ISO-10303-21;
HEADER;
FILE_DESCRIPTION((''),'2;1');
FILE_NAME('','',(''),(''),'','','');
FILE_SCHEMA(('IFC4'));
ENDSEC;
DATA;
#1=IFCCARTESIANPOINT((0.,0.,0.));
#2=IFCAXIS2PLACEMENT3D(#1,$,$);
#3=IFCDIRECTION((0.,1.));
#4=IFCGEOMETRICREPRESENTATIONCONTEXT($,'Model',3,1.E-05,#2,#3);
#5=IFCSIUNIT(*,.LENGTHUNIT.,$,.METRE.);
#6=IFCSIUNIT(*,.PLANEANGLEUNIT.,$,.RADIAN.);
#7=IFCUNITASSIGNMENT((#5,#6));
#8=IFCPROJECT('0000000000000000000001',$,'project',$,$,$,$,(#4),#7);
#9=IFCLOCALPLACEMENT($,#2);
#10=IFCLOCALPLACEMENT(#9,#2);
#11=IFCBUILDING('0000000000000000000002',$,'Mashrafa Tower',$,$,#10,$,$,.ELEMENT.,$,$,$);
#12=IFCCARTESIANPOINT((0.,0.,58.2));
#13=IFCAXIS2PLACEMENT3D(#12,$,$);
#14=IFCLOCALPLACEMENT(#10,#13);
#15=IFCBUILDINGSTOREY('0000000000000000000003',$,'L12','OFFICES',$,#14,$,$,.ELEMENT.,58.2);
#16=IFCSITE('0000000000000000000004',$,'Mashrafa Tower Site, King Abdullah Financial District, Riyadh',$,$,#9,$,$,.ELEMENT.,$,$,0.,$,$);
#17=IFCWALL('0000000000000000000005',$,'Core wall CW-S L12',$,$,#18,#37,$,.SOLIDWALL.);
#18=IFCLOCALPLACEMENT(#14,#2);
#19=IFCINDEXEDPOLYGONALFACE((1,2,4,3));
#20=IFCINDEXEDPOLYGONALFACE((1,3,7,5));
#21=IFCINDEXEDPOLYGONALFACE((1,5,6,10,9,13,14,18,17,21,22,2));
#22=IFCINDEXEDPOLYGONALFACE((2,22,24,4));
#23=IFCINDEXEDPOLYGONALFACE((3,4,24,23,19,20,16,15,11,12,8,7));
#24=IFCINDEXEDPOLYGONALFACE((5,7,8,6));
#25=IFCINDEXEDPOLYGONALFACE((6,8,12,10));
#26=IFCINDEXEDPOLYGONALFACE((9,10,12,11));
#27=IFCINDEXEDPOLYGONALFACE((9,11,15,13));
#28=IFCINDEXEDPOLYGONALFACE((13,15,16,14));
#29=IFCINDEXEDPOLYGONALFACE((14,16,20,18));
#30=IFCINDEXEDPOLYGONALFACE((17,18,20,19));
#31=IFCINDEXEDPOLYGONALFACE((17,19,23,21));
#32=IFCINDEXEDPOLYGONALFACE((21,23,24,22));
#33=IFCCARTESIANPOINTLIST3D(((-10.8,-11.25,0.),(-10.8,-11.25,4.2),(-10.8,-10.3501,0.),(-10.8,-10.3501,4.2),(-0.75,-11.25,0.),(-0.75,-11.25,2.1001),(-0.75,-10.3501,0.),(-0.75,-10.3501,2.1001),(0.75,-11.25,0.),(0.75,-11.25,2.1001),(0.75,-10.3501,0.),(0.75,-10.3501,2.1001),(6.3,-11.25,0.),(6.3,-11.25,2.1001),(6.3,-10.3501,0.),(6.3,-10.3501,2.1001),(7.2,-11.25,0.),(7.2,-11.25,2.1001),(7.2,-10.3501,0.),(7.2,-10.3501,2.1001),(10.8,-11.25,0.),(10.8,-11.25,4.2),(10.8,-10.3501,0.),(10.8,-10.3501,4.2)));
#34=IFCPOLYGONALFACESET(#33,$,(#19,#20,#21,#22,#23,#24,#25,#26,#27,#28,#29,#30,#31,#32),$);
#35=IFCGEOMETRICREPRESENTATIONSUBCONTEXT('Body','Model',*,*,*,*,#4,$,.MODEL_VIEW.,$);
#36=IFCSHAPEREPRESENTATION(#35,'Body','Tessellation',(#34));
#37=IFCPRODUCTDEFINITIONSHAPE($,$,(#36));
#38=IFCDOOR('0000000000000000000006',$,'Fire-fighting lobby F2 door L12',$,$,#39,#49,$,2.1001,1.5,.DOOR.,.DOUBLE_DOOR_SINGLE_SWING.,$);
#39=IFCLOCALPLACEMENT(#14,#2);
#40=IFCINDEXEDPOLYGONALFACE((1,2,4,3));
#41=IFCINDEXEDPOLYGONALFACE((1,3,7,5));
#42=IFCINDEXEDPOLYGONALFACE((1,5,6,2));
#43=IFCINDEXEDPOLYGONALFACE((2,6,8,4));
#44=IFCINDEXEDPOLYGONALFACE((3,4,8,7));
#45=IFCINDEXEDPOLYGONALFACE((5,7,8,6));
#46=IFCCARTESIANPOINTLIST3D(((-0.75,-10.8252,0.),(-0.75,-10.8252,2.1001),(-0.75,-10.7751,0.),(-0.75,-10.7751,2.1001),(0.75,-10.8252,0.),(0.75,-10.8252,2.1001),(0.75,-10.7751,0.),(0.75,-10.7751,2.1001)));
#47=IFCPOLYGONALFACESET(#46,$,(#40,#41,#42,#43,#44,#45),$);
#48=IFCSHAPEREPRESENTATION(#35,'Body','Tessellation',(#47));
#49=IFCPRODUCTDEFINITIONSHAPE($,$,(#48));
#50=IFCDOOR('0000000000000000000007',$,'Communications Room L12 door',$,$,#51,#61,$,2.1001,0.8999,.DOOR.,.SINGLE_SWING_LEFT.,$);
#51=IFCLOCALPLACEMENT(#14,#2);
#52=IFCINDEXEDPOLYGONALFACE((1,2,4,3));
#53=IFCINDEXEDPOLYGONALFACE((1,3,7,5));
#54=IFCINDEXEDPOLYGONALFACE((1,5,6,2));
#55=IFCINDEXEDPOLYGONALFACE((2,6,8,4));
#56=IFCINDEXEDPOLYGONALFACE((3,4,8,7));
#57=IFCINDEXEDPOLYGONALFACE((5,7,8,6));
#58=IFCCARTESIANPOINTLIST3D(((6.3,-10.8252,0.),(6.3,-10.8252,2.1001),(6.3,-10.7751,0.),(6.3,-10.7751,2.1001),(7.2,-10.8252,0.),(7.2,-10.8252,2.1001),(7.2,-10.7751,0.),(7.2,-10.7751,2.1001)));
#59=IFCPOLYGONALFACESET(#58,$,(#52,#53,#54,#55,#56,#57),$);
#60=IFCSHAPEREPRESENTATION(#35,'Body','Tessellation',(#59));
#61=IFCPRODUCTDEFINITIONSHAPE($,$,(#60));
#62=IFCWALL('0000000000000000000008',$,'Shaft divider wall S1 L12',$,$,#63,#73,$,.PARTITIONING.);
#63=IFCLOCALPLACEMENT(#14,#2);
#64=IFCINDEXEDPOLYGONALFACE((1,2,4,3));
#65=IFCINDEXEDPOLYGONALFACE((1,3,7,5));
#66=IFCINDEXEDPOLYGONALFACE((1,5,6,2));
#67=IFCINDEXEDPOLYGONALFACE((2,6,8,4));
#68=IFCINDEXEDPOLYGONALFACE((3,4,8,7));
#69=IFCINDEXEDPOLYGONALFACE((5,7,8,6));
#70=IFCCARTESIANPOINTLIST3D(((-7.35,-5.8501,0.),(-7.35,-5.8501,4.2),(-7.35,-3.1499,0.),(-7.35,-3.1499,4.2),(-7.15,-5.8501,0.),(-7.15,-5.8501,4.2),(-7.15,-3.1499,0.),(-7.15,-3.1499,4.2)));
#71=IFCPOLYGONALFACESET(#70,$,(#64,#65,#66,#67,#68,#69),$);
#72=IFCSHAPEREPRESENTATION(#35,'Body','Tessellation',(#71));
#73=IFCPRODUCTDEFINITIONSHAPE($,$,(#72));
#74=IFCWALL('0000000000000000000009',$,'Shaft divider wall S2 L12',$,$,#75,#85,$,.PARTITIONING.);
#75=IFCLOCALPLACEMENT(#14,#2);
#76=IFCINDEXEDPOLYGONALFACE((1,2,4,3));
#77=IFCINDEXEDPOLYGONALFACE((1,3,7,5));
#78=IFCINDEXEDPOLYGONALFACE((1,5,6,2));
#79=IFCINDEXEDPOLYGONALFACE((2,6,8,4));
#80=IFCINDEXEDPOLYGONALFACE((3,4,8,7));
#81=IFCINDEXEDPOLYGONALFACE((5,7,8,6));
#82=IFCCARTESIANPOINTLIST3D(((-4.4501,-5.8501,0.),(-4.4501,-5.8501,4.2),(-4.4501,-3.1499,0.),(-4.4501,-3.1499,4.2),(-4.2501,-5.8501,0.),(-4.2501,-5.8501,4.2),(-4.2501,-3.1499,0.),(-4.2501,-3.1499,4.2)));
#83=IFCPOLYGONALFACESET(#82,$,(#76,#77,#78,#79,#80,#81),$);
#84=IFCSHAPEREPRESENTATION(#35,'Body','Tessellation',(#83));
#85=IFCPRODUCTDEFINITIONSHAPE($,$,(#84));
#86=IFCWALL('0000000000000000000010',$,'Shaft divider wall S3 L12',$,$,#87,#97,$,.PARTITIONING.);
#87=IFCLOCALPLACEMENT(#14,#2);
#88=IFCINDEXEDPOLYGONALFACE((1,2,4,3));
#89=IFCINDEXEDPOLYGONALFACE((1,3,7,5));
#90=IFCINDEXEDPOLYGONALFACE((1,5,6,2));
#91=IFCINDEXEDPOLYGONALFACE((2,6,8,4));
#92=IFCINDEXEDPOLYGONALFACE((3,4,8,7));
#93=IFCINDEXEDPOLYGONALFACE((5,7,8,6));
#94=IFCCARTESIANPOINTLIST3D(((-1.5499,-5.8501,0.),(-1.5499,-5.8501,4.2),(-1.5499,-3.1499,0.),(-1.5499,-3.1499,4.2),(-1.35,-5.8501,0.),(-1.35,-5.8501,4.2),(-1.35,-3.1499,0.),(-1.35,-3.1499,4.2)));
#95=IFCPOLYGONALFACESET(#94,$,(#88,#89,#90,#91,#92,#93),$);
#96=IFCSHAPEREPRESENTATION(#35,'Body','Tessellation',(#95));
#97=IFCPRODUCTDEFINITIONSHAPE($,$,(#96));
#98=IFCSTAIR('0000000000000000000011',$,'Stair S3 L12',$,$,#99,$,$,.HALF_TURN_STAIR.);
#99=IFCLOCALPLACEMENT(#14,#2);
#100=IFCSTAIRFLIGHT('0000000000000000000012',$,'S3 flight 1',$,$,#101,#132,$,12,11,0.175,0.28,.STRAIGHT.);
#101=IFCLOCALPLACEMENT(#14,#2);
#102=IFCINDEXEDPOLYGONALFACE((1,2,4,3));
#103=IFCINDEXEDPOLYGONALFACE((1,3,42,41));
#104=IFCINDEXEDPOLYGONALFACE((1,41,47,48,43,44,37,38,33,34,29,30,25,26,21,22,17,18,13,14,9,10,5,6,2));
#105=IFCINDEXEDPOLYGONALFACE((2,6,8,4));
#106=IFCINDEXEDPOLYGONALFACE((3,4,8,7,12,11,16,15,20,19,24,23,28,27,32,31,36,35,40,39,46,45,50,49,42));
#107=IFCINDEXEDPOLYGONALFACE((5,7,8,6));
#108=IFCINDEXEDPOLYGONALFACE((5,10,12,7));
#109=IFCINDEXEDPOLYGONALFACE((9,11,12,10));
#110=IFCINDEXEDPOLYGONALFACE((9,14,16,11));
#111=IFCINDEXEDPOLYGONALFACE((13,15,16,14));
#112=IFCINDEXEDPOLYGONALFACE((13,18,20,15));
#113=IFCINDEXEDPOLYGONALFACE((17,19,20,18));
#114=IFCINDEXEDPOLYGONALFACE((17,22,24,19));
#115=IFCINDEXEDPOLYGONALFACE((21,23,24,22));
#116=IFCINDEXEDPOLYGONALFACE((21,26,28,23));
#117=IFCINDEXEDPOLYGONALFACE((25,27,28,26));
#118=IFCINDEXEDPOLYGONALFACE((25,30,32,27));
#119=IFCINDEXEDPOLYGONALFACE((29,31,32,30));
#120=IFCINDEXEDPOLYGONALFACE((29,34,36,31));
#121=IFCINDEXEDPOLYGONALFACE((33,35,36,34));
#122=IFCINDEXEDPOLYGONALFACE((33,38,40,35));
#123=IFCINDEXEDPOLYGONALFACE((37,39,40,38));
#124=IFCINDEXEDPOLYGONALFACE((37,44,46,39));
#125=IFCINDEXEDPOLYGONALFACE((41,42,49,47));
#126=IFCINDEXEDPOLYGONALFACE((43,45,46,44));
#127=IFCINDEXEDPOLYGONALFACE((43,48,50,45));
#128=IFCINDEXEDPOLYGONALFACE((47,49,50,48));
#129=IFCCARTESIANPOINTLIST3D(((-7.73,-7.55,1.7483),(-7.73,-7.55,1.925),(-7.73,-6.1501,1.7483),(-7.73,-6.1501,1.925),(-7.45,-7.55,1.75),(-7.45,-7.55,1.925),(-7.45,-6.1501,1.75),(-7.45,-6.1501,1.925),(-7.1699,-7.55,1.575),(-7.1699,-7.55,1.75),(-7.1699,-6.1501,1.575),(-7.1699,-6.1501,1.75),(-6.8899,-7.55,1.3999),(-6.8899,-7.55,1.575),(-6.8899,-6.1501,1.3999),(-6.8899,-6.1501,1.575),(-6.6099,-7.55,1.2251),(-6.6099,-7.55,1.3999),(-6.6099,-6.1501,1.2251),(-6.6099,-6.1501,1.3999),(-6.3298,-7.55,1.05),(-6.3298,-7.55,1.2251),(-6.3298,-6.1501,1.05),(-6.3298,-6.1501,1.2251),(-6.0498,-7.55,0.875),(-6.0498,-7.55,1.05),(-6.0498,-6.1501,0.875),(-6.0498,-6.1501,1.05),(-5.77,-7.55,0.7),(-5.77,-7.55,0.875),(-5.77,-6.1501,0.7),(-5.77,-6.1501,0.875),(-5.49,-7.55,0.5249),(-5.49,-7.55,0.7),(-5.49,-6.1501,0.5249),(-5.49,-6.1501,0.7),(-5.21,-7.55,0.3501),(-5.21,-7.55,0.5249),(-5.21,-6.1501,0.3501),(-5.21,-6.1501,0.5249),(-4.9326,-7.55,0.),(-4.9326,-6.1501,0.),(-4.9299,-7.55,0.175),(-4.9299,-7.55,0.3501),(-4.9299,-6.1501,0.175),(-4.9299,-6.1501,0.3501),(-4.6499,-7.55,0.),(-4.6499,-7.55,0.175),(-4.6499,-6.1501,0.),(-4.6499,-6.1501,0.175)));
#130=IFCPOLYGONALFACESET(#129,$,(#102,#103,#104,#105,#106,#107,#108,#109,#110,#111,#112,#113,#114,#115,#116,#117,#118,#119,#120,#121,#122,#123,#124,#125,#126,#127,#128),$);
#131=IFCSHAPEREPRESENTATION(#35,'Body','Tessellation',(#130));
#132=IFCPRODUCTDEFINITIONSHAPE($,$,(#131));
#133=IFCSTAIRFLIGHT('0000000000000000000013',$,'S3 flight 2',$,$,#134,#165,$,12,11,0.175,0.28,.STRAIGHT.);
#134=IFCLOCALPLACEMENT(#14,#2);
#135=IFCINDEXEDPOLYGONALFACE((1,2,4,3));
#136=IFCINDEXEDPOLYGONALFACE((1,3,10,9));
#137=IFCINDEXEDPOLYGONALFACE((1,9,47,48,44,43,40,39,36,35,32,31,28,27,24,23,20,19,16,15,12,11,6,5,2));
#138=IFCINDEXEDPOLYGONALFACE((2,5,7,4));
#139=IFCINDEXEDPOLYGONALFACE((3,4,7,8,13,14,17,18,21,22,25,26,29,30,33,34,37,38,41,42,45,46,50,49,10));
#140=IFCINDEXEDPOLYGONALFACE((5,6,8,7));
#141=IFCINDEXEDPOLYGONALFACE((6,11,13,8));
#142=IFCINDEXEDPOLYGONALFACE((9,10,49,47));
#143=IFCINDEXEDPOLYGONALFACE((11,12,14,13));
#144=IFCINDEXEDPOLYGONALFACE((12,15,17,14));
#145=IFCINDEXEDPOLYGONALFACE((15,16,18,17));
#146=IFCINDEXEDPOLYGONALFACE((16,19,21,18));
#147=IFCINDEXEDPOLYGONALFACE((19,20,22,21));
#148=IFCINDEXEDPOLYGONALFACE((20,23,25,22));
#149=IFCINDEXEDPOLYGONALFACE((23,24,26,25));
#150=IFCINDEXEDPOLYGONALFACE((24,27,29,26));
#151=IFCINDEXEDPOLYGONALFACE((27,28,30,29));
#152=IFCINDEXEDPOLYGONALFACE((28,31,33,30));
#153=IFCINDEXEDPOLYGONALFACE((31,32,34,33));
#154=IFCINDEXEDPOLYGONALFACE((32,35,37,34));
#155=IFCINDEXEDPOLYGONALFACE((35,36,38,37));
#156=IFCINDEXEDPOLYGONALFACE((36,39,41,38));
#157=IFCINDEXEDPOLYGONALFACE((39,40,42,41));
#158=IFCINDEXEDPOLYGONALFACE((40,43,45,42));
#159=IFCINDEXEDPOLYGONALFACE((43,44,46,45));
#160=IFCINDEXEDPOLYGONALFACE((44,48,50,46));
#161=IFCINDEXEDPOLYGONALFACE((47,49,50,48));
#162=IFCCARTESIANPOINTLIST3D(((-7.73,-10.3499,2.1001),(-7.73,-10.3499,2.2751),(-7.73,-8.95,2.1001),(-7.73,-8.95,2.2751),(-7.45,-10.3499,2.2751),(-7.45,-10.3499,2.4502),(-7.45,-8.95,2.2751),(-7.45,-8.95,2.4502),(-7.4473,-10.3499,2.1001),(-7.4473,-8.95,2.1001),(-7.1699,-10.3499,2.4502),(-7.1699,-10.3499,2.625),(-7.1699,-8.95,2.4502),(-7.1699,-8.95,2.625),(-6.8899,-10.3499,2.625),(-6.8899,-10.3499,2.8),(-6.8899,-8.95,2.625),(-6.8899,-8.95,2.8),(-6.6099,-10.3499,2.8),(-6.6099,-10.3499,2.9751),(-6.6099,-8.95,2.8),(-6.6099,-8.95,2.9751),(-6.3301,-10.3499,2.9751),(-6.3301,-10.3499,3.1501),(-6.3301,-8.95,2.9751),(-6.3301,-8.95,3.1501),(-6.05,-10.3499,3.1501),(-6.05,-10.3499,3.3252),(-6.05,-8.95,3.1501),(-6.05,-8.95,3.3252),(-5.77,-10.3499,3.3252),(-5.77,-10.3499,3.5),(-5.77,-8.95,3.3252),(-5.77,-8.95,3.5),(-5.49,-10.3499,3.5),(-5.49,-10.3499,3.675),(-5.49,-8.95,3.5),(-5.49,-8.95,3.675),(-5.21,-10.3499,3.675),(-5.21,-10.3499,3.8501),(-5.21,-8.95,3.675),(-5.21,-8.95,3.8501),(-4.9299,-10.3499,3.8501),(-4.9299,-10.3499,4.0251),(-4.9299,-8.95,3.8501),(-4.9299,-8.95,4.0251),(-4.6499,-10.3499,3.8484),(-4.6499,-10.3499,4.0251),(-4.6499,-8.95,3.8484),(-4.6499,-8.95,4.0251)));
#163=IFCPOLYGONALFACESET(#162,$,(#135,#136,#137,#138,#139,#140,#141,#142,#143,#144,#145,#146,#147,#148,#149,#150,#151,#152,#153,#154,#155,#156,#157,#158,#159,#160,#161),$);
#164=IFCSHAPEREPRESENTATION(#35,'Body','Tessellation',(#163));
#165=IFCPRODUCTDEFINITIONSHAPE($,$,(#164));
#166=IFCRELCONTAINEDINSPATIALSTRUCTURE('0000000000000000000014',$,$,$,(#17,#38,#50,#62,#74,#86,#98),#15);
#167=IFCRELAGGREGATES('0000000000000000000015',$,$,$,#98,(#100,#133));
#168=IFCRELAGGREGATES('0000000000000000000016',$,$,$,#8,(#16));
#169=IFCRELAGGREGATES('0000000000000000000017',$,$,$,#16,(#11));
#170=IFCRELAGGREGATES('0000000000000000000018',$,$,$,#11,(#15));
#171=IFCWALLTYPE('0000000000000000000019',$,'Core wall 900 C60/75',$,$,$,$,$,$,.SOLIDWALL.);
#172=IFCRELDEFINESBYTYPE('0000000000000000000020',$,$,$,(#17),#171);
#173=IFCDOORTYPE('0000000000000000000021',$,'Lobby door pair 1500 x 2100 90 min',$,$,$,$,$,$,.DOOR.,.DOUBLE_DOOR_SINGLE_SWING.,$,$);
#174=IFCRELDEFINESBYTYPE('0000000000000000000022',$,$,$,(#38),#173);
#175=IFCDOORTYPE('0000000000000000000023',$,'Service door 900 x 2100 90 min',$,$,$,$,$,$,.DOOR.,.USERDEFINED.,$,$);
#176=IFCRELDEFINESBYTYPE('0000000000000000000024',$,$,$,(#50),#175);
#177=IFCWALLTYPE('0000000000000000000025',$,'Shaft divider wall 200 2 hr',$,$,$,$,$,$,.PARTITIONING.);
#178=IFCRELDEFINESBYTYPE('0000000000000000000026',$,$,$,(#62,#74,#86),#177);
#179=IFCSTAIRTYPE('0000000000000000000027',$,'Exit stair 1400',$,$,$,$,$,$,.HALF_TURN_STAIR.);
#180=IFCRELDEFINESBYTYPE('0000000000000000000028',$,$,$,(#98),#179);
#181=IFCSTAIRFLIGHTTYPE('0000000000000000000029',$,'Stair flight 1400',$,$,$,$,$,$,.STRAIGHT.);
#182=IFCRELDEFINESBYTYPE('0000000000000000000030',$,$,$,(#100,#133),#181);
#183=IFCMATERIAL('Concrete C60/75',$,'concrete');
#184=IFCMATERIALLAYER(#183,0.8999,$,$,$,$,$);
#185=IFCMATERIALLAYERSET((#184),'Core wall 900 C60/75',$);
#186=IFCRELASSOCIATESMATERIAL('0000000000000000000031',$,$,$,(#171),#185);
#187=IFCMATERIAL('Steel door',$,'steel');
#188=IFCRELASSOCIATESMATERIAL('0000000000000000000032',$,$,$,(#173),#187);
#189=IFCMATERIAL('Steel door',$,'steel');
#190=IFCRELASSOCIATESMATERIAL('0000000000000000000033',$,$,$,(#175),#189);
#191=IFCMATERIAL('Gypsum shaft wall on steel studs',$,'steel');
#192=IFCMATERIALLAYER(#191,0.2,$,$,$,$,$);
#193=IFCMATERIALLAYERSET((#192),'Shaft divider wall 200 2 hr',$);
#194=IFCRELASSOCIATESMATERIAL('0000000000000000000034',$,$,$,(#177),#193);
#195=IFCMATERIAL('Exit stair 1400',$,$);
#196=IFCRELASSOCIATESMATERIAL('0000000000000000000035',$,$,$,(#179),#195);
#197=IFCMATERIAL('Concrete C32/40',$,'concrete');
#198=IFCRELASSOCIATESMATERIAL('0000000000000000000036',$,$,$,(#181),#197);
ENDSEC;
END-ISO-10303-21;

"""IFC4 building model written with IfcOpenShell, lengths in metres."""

from ifc_helpers import new_model, si_unit, direction, frame, frame_2d, origin, place, context, subcontext, project, spatial, polyline, rectangle, outline, extrude, material, layer, layer_set, type_object, element, fill, aggregate, save


model = new_model("IFC4")

# Units and contexts
model_context = context("Model", 3, precision=1e-05, world=origin(), true_north=direction((0.0, 1.0)))
body_context = subcontext(model_context, "Body", "Model", "MODEL_VIEW")
ifc_project = project(units=[si_unit("LENGTHUNIT", "METRE"), si_unit("PLANEANGLEUNIT", "RADIAN")], contexts=[model_context])

# Site, building, storey
site_placement = place(None, origin())
site = spatial("IfcSite", under=ifc_project, at=site_placement, Name="Mashrafa Tower Site, King Abdullah Financial District, Riyadh", CompositionType="ELEMENT", RefElevation=0.0)
building_placement = place(site_placement, origin())
building = spatial("IfcBuilding", under=site, at=building_placement, Name="Mashrafa Tower", CompositionType="ELEMENT")
storey_placement = place(building_placement, frame((0.0, 0.0, 58.2)))
storey = spatial("IfcBuildingStorey", under=building, at=storey_placement, Name="L12", Description="OFFICES", CompositionType="ELEMENT", Elevation=58.2)

# Wall, openings, doors
ifc_material_1 = material(Name="Concrete C60/75", Category="concrete")
ifc_layer_1 = layer(ifc_material_1, 0.8999)
ifc_layer_set_1 = layer_set([ifc_layer_1], Name="Core wall 900 C60/75")
wall_type_1 = type_object("IfcWallType", Name="Core wall 900 C60/75", PredefinedType="SOLIDWALL", material=ifc_layer_set_1)
wall_1_placement = place(storey_placement, frame((-10.8, -10.8, 0.0), z_axis=(0.0, 0.0, 1.0), x_axis=(1.0, 0.0, 0.0)))
wall_1 = element("IfcWall", 1, at=wall_1_placement, inside=storey, type_object=wall_type_1, Name="Core wall CW-S L12", PredefinedType="SOLIDWALL", context=body_context, shape_type="SweptSolid", body=[
    extrude(rectangle(XDim=21.6001, YDim=0.8999, at=frame_2d((10.8, 0.0))), origin(), (0.0, 0.0, 1.0), 4.2),
])
opening_1_placement = place(wall_1_placement, frame((10.05, 0.0, 0.0)))
opening_1 = element("IfcOpeningElement", 2, at=opening_1_placement, cuts=wall_1, PredefinedType="OPENING", context=body_context, shape_type="SweptSolid", body=[
    extrude(rectangle(XDim=1.5, YDim=2.1001, at=frame_2d((0.75, 1.05))), frame((0.0, 0.46, 0.0), z_axis=(0.0, -1.0, 0.0), x_axis=(1.0, 0.0, 0.0)), (0.0, 0.0, 1.0), 0.9199),
])
opening_2_placement = place(wall_1_placement, frame((17.1001, 0.0, 0.0)))
opening_2 = element("IfcOpeningElement", 3, at=opening_2_placement, cuts=wall_1, PredefinedType="OPENING", context=body_context, shape_type="SweptSolid", body=[
    extrude(rectangle(XDim=0.8999, YDim=2.1001, at=frame_2d((0.45, 1.05))), frame((0.0, 0.46, 0.0), z_axis=(0.0, -1.0, 0.0), x_axis=(1.0, 0.0, 0.0)), (0.0, 0.0, 1.0), 0.9199),
])
ifc_material_2 = material(Name="Steel door", Category="steel")
door_type_1 = type_object("IfcDoorType", Name="Lobby door pair 1500 x 2100 90 min", OperationType="DOUBLE_DOOR_SINGLE_SWING", PredefinedType="DOOR", material=ifc_material_2)
door_1_placement = place(opening_1_placement, origin())
door_1 = element("IfcDoor", 4, at=door_1_placement, inside=storey, type_object=door_type_1, Name="Fire-fighting lobby F2 door L12", OperationType="DOUBLE_DOOR_SINGLE_SWING", OverallHeight=2.1001, OverallWidth=1.5, PredefinedType="DOOR", context=body_context, shape_type="SweptSolid", body=[
    extrude(rectangle(XDim=1.5, YDim=2.1001, at=frame_2d((0.75, 1.05))), frame((0.0, 0.0249, 0.0), z_axis=(0.0, -1.0, 0.0), x_axis=(1.0, 0.0, 0.0)), (0.0, 0.0, 1.0), 0.05),
])
fill(opening_1, door_1)
ifc_material_3 = material(Name="Steel door", Category="steel")
door_type_2 = type_object("IfcDoorType", Name="Service door 900 x 2100 90 min", OperationType="USERDEFINED", PredefinedType="DOOR", material=ifc_material_3)
door_2_placement = place(opening_2_placement, origin())
door_2 = element("IfcDoor", 5, at=door_2_placement, inside=storey, type_object=door_type_2, Name="Communications Room L12 door", OperationType="SINGLE_SWING_LEFT", OverallHeight=2.1001, OverallWidth=0.8999, PredefinedType="DOOR", context=body_context, shape_type="SweptSolid", body=[
    extrude(rectangle(XDim=0.8999, YDim=2.1001, at=frame_2d((0.45, 1.05))), frame((0.0, 0.0249, 0.0), z_axis=(0.0, -1.0, 0.0), x_axis=(1.0, 0.0, 0.0)), (0.0, 0.0, 1.0), 0.05),
])
fill(opening_2, door_2)

# Walls
ifc_material_4 = material(Name="Gypsum shaft wall on steel studs", Category="steel")
ifc_layer_2 = layer(ifc_material_4, 0.2)
ifc_layer_set_2 = layer_set([ifc_layer_2], Name="Shaft divider wall 200 2 hr")
wall_type_2 = type_object("IfcWallType", Name="Shaft divider wall 200 2 hr", PredefinedType="PARTITIONING", material=ifc_layer_set_2)
for number, where, z_axis, x_axis, name in (
    (6, (-7.25, -5.8501, 0.0), (0.0, 0.0, 1.0), (0.0, 1.0, 0.0), "Shaft divider wall S1 L12"),
    (7, (-4.3501, -5.8501, 0.0), (0.0, 0.0, 1.0), (0.0, 1.0, 0.0), "Shaft divider wall S2 L12"),
    (8, (-1.45, -5.8501, 0.0), (0.0, 0.0, 1.0), (0.0, 1.0, 0.0), "Shaft divider wall S3 L12"),
):
    element("IfcWall", number, at=place(storey_placement, frame(where, z_axis=z_axis, x_axis=x_axis)), inside=storey, type_object=wall_type_2, Name=name, PredefinedType="PARTITIONING", context=body_context, shape_type="SweptSolid", body=[
        extrude(rectangle(XDim=2.7002, YDim=0.2, at=frame_2d((1.3501, 0.0))), origin(), (0.0, 0.0, 1.0), 4.2),
    ])

# Stair, stair flights
ifc_material_5 = material(Name="Exit stair 1400")
stair_type = type_object("IfcStairType", Name="Exit stair 1400", PredefinedType="HALF_TURN_STAIR", material=ifc_material_5)
stair_placement = place(storey_placement, origin())
stair = element("IfcStair", 9, at=stair_placement, inside=storey, type_object=stair_type, Name="Stair S3 L12", PredefinedType="HALF_TURN_STAIR")
ifc_material_6 = material(Name="Concrete C32/40", Category="concrete")
stair_flight_type = type_object("IfcStairFlightType", Name="Stair flight 1400", PredefinedType="STRAIGHT", material=ifc_material_6)
stair_flight_1_placement = place(storey_placement, frame((-4.6499, -6.8501, 0.0), z_axis=(0.0, 0.0, 1.0), x_axis=(-1.0, 0.0, 0.0)))
stair_flight_1 = element("IfcStairFlight", 10, at=stair_flight_1_placement, type_object=stair_flight_type, Name="S3 flight 1", NumberOfRisers=12, NumberOfTreads=11, PredefinedType="STRAIGHT", RiserHeight=0.175, TreadLength=0.28, context=body_context, shape_type="SweptSolid", body=[
    extrude(outline(polyline([(0.0, 0.0), (0.0, 0.175), (0.28, 0.175), (0.28, 0.3501), (0.5601, 0.3501), (0.5601, 0.5249), (0.8401, 0.5249), (0.8401, 0.7), (1.1201, 0.7), (1.1201, 0.875), (1.3999, 0.875), (1.3999, 1.05), (1.6799, 1.05), (1.6799, 1.2251), (1.96, 1.2251), (1.96, 1.3999), (2.24, 1.3999), (2.24, 1.575), (2.52, 1.575), (2.52, 1.75), (2.8, 1.75), (2.8, 1.925), (3.0801, 1.925), (3.0801, 2.1001), (3.0801, 1.7483), (0.2827, 0.0), (0.0, 0.0)])), frame((0.0, 0.7, 0.0), z_axis=(0.0, -1.0, 0.0), x_axis=(1.0, 0.0, 0.0)), (0.0, 0.0, 1.0), 1.3999),
])
stair_flight_2_placement = place(storey_placement, frame((-7.73, -9.6499, 2.1001), z_axis=(0.0, 0.0, 1.0), x_axis=(1.0, 0.0, 0.0)))
stair_flight_2 = element("IfcStairFlight", 11, at=stair_flight_2_placement, type_object=stair_flight_type, Name="S3 flight 2", NumberOfRisers=12, NumberOfTreads=11, PredefinedType="STRAIGHT", RiserHeight=0.175, TreadLength=0.28, context=body_context, shape_type="SweptSolid", body=[
    extrude(outline(polyline([(0.0, 0.0), (0.0, 0.175), (0.28, 0.175), (0.28, 0.3501), (0.5601, 0.3501), (0.5601, 0.5249), (0.8401, 0.5249), (0.8401, 0.7), (1.1201, 0.7), (1.1201, 0.875), (1.3999, 0.875), (1.3999, 1.05), (1.6799, 1.05), (1.6799, 1.2251), (1.96, 1.2251), (1.96, 1.3999), (2.24, 1.3999), (2.24, 1.575), (2.52, 1.575), (2.52, 1.75), (2.8, 1.75), (2.8, 1.925), (3.0801, 1.925), (3.0801, 2.1001), (3.0801, 1.7483), (0.2827, 0.0), (0.0, 0.0)])), frame((0.0, 0.7, 0.0), z_axis=(0.0, -1.0, 0.0), x_axis=(1.0, 0.0, 0.0)), (0.0, 0.0, 1.0), 1.3999),
])
aggregate(stair, [stair_flight_1, stair_flight_2])

save(model, "model.ifc")
